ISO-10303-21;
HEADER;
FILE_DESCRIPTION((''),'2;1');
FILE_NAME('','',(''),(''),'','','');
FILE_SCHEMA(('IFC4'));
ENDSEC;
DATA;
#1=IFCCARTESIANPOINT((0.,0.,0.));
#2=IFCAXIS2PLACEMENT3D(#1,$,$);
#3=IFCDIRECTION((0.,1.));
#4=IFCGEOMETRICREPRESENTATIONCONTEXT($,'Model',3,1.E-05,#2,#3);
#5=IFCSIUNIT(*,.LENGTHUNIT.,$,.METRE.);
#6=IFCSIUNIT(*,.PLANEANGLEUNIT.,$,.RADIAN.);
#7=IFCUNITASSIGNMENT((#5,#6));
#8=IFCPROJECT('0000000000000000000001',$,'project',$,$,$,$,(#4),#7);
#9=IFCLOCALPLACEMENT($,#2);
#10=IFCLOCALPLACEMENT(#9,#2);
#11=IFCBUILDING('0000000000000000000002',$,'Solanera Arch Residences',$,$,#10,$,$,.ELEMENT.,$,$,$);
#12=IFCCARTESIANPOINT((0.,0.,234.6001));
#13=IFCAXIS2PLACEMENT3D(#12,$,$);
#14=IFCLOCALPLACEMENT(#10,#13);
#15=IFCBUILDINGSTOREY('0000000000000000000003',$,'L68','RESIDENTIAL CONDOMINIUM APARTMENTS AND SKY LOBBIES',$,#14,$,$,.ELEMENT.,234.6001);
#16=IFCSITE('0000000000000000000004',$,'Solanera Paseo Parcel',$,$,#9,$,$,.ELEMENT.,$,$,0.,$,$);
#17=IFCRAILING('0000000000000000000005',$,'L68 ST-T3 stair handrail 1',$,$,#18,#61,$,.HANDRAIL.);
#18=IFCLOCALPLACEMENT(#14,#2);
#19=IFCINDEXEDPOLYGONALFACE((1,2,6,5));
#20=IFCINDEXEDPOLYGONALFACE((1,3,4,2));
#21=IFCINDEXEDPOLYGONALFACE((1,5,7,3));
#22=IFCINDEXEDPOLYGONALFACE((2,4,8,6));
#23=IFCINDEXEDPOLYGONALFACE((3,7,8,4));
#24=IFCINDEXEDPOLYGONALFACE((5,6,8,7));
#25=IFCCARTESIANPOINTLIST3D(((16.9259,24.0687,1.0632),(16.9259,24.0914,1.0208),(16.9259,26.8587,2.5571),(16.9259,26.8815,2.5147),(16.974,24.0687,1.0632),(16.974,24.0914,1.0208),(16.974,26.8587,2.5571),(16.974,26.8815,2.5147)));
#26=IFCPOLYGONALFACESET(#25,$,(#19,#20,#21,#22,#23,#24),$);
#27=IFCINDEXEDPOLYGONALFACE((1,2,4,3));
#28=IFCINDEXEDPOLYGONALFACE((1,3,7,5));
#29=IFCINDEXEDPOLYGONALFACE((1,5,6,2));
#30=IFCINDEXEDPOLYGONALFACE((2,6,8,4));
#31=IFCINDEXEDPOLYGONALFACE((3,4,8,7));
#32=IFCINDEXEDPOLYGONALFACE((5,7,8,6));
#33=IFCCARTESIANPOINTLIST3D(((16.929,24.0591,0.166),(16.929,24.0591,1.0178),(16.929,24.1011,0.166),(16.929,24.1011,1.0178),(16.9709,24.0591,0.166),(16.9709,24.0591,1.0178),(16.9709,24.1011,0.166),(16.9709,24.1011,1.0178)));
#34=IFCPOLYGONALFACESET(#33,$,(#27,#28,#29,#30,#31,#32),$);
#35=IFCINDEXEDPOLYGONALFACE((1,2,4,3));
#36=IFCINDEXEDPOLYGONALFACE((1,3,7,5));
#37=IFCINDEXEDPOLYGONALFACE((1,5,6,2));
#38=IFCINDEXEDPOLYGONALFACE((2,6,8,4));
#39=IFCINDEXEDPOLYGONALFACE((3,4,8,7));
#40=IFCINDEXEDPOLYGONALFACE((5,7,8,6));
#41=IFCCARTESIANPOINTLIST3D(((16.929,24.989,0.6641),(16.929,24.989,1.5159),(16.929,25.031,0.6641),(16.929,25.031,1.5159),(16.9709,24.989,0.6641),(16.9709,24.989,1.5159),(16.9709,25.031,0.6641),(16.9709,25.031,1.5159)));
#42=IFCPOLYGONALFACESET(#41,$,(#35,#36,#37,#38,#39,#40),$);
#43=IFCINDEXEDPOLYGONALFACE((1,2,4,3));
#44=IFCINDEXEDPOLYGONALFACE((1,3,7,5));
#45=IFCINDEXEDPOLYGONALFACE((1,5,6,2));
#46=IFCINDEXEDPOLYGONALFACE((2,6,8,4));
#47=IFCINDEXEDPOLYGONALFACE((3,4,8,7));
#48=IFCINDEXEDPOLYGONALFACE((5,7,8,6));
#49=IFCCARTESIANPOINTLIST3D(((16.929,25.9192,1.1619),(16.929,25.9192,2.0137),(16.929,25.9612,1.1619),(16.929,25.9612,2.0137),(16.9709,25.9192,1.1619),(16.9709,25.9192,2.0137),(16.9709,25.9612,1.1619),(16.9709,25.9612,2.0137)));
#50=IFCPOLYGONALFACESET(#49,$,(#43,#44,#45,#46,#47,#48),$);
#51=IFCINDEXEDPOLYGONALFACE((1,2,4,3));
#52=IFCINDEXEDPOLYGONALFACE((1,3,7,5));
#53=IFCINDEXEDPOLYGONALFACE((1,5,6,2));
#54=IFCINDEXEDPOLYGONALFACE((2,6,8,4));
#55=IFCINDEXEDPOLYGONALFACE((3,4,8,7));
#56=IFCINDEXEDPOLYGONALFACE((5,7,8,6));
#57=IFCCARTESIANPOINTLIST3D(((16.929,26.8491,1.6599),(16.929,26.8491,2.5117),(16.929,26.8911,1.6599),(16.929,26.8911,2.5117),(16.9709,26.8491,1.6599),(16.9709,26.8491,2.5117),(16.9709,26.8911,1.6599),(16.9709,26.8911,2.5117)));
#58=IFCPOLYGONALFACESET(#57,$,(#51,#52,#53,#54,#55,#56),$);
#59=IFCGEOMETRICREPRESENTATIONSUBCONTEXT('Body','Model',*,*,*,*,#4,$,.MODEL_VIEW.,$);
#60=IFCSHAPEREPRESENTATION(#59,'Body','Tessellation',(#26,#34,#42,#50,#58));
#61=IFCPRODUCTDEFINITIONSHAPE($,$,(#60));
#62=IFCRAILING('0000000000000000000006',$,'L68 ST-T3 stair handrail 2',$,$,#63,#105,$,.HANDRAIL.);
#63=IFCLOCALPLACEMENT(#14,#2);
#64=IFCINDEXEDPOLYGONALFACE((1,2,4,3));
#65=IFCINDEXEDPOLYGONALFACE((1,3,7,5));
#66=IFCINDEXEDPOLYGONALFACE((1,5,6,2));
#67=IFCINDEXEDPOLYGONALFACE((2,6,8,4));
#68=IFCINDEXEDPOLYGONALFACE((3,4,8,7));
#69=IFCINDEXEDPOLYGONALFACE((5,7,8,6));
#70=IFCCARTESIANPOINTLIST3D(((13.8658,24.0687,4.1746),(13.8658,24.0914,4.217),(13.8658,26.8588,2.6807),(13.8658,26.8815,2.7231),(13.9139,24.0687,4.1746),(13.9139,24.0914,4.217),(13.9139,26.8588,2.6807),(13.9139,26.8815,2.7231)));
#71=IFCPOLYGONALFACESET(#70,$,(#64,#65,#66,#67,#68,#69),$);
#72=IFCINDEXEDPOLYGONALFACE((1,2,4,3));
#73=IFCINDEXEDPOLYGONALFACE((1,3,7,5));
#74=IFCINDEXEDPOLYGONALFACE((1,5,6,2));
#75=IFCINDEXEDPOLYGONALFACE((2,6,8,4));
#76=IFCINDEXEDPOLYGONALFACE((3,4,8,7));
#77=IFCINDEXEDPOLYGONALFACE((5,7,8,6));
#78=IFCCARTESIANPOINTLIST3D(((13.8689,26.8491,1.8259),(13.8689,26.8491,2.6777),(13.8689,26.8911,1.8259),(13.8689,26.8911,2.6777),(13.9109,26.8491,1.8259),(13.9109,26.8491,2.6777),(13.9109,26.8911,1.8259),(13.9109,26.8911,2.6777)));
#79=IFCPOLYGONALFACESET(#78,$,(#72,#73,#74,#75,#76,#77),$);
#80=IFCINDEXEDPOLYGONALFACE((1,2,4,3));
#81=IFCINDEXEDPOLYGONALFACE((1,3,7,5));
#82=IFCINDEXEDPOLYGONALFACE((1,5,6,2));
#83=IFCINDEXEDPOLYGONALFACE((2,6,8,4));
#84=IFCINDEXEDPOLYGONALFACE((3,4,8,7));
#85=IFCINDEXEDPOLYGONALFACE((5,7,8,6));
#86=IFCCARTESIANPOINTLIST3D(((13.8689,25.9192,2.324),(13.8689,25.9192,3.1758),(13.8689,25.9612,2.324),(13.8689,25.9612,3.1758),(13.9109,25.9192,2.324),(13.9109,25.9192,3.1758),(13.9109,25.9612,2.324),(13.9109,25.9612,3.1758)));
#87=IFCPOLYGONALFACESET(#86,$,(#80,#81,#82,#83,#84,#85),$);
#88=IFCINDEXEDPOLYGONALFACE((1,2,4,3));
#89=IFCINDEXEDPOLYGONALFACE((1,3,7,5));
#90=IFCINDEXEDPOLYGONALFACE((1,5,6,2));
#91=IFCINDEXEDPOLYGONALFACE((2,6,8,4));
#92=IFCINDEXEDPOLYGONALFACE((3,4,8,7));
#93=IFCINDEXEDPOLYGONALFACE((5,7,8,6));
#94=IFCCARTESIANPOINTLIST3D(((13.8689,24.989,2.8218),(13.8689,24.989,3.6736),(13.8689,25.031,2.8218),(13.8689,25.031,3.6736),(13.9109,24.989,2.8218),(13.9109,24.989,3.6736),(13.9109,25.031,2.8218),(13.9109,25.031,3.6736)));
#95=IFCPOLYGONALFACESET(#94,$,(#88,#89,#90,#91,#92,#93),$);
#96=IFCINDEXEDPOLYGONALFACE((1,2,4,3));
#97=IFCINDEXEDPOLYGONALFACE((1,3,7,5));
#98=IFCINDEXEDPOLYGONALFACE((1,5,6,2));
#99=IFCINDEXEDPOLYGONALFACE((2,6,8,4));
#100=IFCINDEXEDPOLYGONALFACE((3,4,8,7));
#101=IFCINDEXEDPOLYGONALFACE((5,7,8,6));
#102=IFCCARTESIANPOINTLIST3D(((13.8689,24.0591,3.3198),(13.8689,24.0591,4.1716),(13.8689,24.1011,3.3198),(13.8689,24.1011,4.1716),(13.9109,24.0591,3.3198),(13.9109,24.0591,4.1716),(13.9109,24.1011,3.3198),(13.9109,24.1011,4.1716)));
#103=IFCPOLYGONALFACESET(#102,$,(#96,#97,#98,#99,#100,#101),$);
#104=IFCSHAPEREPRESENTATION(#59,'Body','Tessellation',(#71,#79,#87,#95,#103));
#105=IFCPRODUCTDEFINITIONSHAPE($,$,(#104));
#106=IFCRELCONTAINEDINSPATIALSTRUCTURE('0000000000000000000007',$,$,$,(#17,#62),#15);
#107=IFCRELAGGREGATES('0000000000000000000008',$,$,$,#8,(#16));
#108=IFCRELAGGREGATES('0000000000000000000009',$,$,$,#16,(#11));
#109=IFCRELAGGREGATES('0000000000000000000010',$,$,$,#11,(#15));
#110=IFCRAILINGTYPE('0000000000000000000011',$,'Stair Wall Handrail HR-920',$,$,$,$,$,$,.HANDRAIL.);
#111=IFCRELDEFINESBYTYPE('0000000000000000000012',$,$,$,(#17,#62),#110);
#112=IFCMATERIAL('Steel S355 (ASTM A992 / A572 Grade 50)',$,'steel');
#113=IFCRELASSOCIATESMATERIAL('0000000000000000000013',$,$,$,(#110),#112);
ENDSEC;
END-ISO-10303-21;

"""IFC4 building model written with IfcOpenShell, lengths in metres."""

from ifc_helpers import new_model, si_unit, direction, frame, origin, origin_2d, place, context, subcontext, project, spatial, rectangle, extrude, material, type_object, element, save


model = new_model("IFC4")

# Units and contexts
model_context = context("Model", 3, precision=1e-05, world=origin(), true_north=direction((0.0, 1.0)))
body_context = subcontext(model_context, "Body", "Model", "MODEL_VIEW")
ifc_project = project(units=[si_unit("LENGTHUNIT", "METRE"), si_unit("PLANEANGLEUNIT", "RADIAN")], contexts=[model_context])

# Site, building, storey
site_placement = place(None, origin())
site = spatial("IfcSite", under=ifc_project, at=site_placement, Name="Solanera Paseo Parcel", CompositionType="ELEMENT", RefElevation=0.0)
building_placement = place(site_placement, origin())
building = spatial("IfcBuilding", under=site, at=building_placement, Name="Solanera Arch Residences", CompositionType="ELEMENT")
storey_placement = place(building_placement, frame((0.0, 0.0, 234.6001)))
storey = spatial("IfcBuildingStorey", under=building, at=storey_placement, Name="L68", Description="RESIDENTIAL CONDOMINIUM APARTMENTS AND SKY LOBBIES", CompositionType="ELEMENT", Elevation=234.6001)

# Railings
ifc_material_1 = material(Name="Steel S355 (ASTM A992 / A572 Grade 50)", Category="steel")
railing_type_1 = type_object("IfcRailingType", Name="Stair Wall Handrail HR-920", PredefinedType="HANDRAIL", material=ifc_material_1)
railing_1_placement = place(storey_placement, frame((16.95, 24.0801, 0.166)))
element("IfcRailing", 1, at=railing_1_placement, inside=storey, type_object=railing_type_1, Name="L68 ST-T3 stair handrail 1", PredefinedType="HANDRAIL", context=body_context, shape_type="SweptSolid", body=[
    extrude(rectangle(XDim=0.0481, YDim=0.0481, at=origin_2d()), frame((0.0, 0.0, 0.876), z_axis=(0.0, 0.881581, 0.472033), x_axis=(-1.0, 0.0, 0.0)), (0.0, 0.0, 1.0), 3.1648),
    extrude(rectangle(XDim=0.042, YDim=0.042, at=origin_2d()), origin(), (0.0, 0.0, 1.0), 0.8518),
    extrude(rectangle(XDim=0.042, YDim=0.042, at=origin_2d()), frame((0.0, 0.9299, 0.498)), (0.0, 0.0, 1.0), 0.8518),
    extrude(rectangle(XDim=0.042, YDim=0.042, at=origin_2d()), frame((0.0, 1.8601, 0.9958)), (0.0, 0.0, 1.0), 0.8518),
    extrude(rectangle(XDim=0.042, YDim=0.042, at=origin_2d()), frame((0.0, 2.79, 1.4939)), (0.0, 0.0, 1.0), 0.8518),
])
railing_2_placement = place(storey_placement, frame((13.8899, 26.8701, 1.8259)))
element("IfcRailing", 2, at=railing_2_placement, inside=storey, type_object=railing_type_1, Name="L68 ST-T3 stair handrail 2", PredefinedType="HANDRAIL", context=body_context, shape_type="SweptSolid", body=[
    extrude(rectangle(XDim=0.0481, YDim=0.0481, at=origin_2d()), frame((0.0, 0.0, 0.876), z_axis=(0.0, -0.881581, 0.472033), x_axis=(1.0, 0.0, 0.0)), (0.0, 0.0, 1.0), 3.1648),
    extrude(rectangle(XDim=0.042, YDim=0.042, at=origin_2d()), origin(), (0.0, 0.0, 1.0), 0.8518),
    extrude(rectangle(XDim=0.042, YDim=0.042, at=origin_2d()), frame((0.0, -0.9299, 0.498)), (0.0, 0.0, 1.0), 0.8518),
    extrude(rectangle(XDim=0.042, YDim=0.042, at=origin_2d()), frame((0.0, -1.8601, 0.9958)), (0.0, 0.0, 1.0), 0.8518),
    extrude(rectangle(XDim=0.042, YDim=0.042, at=origin_2d()), frame((0.0, -2.79, 1.4939)), (0.0, 0.0, 1.0), 0.8518),
])

save(model, "model.ifc")
